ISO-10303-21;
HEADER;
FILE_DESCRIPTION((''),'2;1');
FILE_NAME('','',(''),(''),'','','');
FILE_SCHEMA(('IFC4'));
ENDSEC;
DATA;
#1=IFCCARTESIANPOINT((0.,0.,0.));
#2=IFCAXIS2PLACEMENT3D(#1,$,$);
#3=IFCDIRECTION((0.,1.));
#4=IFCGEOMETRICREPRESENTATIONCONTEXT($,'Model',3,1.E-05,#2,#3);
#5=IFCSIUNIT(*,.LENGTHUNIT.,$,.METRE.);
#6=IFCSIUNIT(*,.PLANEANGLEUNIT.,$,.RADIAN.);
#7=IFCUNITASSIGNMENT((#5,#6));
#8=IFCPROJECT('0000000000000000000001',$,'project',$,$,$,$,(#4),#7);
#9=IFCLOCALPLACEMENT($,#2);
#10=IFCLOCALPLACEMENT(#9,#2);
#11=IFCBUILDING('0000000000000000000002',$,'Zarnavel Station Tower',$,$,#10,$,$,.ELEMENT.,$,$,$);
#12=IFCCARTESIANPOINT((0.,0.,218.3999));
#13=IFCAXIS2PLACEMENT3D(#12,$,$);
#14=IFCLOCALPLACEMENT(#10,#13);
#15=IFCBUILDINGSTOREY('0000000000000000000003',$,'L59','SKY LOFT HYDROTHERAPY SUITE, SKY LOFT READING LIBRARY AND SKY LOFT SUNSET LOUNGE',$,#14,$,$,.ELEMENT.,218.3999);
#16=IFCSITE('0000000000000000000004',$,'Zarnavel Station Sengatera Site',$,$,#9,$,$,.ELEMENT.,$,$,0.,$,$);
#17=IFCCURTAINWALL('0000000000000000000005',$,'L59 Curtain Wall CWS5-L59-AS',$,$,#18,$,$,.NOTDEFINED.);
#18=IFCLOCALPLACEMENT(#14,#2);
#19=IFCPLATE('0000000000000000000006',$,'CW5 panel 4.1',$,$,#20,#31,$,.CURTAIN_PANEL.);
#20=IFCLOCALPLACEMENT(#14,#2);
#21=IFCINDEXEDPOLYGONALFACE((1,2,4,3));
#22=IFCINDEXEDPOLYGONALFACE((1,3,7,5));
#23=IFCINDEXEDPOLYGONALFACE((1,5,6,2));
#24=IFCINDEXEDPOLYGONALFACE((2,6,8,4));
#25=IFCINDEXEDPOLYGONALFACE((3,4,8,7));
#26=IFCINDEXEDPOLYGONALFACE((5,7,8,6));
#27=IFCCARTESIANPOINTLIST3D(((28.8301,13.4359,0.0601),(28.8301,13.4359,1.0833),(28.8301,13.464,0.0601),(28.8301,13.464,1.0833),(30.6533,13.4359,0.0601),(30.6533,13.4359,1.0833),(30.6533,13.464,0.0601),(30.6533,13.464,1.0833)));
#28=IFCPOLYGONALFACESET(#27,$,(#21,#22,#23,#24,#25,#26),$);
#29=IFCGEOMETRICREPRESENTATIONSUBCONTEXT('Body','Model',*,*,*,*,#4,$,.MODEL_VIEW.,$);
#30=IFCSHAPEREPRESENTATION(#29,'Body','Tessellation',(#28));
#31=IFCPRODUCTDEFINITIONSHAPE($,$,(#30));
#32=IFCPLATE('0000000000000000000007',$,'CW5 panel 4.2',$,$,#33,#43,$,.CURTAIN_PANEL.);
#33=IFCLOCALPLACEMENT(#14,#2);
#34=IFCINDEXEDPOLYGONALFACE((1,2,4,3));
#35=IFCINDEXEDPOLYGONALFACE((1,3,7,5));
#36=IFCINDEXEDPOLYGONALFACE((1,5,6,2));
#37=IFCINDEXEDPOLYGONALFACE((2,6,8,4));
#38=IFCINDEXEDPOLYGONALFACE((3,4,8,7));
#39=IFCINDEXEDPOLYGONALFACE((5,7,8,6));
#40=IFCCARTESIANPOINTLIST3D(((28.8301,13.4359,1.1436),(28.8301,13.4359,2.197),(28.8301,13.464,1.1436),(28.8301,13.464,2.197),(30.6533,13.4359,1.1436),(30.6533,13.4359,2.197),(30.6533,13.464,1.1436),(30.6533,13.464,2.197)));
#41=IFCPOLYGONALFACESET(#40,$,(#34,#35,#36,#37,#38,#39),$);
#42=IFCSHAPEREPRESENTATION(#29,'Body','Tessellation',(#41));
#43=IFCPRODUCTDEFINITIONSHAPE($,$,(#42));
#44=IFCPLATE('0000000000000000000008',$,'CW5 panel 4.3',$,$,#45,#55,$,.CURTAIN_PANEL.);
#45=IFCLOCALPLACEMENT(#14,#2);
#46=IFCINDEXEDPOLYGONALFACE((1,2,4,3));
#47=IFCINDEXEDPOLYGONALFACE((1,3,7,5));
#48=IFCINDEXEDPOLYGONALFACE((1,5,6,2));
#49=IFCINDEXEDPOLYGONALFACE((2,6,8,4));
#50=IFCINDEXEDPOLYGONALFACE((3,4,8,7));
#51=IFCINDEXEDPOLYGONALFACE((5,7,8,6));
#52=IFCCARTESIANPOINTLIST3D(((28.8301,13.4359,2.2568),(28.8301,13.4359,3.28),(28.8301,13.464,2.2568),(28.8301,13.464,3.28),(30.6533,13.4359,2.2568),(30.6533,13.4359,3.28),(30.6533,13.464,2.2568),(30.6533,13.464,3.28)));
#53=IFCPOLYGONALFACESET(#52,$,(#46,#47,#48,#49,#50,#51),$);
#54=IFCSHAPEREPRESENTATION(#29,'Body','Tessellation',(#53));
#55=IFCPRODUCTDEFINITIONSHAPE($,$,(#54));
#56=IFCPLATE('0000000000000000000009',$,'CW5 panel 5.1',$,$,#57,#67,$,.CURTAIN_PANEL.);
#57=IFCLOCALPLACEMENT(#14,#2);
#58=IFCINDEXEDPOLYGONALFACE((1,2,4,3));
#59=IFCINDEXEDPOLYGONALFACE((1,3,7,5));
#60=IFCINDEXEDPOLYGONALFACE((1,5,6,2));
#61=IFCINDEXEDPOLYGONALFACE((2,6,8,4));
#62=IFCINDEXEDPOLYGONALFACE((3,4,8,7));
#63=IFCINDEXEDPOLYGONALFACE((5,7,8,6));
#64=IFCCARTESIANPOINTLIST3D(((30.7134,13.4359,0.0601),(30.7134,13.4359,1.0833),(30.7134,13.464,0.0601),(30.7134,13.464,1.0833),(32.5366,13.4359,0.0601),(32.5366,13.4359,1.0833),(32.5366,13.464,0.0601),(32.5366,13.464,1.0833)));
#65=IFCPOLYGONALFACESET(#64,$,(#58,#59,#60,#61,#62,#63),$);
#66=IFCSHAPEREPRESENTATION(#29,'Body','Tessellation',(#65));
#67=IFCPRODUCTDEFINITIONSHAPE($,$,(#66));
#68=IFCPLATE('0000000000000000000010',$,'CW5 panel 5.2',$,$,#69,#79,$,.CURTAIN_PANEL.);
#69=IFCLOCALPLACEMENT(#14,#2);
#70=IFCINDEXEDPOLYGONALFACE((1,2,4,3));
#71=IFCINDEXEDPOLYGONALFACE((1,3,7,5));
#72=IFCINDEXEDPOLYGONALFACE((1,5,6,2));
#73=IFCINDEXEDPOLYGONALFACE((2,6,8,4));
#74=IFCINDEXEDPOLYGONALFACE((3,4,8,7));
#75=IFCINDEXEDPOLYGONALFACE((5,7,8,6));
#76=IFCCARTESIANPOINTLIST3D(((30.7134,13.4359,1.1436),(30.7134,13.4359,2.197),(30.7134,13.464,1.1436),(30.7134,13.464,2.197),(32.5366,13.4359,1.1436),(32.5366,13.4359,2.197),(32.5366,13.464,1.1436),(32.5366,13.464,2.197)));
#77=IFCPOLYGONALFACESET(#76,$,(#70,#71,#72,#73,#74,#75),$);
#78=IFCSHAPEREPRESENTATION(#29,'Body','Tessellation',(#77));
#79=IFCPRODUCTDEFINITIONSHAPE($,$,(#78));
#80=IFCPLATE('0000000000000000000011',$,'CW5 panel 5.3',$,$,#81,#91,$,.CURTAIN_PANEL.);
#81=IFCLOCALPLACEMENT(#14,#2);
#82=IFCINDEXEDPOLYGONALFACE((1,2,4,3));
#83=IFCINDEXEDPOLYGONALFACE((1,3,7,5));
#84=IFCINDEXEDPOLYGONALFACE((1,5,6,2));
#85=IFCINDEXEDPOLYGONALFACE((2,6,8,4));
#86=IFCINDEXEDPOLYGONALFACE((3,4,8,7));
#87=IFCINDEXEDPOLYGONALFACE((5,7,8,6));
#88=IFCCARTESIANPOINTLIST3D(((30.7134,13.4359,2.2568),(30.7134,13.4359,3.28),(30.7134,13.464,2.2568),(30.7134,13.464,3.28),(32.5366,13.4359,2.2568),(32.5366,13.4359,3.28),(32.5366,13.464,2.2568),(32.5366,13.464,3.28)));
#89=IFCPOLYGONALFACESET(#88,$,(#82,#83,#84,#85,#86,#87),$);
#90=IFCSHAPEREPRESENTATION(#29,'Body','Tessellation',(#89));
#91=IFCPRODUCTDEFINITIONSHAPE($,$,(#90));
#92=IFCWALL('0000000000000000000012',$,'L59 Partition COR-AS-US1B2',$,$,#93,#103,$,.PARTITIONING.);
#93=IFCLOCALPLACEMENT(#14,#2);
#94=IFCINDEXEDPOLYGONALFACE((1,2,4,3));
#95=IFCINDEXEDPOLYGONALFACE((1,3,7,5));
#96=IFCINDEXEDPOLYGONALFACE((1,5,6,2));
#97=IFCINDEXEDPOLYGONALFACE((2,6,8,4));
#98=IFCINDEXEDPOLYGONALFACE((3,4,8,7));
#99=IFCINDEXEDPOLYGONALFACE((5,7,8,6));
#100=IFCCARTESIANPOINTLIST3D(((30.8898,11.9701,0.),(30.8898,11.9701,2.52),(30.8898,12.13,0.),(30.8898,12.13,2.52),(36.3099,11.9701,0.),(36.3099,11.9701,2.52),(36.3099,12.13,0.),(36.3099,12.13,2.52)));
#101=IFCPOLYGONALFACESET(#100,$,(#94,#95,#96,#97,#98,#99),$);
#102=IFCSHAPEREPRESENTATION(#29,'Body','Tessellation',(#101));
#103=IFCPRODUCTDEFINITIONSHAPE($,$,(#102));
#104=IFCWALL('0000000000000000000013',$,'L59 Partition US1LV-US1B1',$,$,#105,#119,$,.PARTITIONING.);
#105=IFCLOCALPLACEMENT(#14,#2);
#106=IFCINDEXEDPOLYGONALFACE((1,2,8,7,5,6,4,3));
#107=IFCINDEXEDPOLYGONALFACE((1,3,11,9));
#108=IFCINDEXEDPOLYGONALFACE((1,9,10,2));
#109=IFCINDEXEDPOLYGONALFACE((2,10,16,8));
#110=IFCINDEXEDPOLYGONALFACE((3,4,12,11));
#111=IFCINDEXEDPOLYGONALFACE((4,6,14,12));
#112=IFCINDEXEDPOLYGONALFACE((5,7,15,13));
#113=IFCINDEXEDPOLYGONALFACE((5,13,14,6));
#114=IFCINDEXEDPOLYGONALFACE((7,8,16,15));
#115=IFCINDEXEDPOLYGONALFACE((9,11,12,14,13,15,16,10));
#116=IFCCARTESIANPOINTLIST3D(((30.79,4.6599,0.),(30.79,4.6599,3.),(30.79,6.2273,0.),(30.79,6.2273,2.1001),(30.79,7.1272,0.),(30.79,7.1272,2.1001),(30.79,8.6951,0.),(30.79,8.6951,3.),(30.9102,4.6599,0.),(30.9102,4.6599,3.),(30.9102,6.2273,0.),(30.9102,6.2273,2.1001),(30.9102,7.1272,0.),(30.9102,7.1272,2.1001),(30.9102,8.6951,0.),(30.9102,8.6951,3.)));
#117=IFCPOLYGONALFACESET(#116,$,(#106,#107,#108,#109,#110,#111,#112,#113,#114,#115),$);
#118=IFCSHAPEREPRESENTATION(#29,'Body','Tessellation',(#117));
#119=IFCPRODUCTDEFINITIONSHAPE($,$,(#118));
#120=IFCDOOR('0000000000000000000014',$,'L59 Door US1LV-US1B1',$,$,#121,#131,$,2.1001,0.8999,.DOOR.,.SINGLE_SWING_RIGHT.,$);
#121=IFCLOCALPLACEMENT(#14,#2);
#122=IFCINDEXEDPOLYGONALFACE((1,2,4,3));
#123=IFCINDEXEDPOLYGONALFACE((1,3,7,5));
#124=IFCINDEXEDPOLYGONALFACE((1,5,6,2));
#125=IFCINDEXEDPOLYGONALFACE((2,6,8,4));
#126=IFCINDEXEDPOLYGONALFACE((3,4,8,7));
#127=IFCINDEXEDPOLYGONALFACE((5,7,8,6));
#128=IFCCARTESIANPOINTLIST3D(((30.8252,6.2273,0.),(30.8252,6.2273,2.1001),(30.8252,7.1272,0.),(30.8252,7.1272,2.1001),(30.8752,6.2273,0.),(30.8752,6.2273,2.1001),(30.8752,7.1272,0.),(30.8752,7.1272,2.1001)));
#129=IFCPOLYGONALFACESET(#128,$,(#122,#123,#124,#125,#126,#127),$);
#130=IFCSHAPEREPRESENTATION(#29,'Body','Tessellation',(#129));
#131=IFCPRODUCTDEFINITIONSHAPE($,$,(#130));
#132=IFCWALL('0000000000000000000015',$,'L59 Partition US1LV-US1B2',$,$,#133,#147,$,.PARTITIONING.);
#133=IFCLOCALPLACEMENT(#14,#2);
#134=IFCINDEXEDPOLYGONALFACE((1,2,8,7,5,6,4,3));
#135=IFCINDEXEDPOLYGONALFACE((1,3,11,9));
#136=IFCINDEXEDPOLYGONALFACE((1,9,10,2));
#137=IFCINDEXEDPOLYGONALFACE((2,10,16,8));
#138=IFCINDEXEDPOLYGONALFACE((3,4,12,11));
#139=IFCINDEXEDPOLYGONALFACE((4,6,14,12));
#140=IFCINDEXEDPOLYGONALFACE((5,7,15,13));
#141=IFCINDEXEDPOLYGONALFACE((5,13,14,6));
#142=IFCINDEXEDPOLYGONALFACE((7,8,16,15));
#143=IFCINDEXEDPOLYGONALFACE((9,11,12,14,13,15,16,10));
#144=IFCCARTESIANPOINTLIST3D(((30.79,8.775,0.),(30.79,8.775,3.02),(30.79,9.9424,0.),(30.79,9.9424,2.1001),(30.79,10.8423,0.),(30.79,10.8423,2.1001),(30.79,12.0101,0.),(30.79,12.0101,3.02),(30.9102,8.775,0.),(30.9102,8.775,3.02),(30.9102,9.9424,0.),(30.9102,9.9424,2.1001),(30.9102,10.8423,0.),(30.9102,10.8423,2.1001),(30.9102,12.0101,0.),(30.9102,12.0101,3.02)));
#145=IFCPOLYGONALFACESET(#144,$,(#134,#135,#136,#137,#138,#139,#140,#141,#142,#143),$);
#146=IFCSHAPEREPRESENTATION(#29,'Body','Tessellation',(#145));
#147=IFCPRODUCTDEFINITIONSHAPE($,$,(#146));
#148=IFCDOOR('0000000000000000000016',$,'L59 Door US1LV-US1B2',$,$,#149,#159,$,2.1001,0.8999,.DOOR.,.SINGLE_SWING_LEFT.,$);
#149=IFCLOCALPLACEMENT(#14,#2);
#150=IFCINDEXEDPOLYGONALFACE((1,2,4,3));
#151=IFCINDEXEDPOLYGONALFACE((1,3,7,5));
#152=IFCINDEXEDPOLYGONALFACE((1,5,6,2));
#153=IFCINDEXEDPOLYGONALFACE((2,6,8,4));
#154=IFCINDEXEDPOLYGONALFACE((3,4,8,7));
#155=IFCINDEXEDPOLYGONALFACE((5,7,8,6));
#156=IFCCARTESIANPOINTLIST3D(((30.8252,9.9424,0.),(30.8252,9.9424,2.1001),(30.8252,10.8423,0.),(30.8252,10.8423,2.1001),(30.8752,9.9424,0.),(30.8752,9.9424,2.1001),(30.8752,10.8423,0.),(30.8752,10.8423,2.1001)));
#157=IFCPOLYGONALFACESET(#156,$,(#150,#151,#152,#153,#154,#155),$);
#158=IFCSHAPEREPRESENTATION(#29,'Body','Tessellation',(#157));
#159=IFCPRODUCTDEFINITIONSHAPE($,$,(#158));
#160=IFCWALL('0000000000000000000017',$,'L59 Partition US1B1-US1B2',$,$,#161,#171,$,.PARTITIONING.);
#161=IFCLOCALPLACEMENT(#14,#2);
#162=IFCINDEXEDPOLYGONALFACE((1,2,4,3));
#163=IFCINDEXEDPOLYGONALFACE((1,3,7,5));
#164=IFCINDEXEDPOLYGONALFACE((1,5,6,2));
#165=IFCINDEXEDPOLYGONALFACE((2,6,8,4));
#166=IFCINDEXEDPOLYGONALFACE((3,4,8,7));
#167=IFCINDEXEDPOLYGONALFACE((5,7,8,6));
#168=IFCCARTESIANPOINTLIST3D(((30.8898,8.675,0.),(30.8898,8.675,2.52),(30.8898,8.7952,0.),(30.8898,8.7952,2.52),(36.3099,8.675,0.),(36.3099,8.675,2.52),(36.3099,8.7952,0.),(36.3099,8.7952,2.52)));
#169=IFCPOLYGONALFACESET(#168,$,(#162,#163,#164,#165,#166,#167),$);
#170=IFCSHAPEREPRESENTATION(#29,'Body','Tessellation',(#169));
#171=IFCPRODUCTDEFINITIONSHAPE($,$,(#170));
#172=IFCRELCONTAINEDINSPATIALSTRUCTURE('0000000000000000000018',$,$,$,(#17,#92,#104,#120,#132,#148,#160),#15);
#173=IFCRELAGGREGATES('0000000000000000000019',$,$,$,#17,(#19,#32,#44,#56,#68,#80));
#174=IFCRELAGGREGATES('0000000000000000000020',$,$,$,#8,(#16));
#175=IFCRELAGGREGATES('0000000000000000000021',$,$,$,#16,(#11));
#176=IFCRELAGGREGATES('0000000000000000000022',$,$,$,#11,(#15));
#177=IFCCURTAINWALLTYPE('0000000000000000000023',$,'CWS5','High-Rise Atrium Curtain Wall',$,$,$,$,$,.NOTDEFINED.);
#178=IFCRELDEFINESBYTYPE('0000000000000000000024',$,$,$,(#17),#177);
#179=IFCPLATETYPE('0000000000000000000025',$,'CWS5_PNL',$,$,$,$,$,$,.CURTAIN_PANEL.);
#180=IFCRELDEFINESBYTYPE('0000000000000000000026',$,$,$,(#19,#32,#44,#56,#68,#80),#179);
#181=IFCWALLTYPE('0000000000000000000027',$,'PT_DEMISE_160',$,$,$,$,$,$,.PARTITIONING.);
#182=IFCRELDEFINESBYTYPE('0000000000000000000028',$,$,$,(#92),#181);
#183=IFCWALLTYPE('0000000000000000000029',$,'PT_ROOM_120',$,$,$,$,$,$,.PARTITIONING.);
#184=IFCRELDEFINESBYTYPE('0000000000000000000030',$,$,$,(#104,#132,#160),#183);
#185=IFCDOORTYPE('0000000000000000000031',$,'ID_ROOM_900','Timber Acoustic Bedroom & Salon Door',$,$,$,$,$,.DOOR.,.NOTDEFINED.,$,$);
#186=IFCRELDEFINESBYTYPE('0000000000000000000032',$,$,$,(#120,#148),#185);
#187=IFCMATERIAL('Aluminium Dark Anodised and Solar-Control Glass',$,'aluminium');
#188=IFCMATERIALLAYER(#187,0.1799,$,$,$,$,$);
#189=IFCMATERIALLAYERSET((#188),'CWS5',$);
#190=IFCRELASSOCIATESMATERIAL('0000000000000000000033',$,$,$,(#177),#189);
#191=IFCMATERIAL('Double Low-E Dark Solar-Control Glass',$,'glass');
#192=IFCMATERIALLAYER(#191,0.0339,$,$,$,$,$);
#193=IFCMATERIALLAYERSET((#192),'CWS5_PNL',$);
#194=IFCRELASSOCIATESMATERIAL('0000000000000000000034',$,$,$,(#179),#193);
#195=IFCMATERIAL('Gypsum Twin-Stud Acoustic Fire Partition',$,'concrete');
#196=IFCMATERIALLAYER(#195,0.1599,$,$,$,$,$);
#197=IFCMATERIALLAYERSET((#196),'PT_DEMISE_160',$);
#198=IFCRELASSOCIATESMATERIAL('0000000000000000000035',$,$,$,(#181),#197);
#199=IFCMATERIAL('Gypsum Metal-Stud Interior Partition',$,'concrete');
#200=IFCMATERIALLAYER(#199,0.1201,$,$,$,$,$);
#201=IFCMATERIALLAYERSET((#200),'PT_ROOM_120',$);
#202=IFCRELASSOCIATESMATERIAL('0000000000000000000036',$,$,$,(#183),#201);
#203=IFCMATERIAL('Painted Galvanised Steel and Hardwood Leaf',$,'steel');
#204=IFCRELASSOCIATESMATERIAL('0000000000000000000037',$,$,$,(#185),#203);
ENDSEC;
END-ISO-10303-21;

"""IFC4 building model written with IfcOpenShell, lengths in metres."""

from ifc_helpers import new_model, si_unit, direction, frame, frame_2d, origin, origin_2d, place, context, subcontext, project, spatial, rectangle, extrude, material, layer, layer_set, type_object, element, fill, aggregate, save


model = new_model("IFC4")

# Units and contexts
model_context = context("Model", 3, precision=1e-05, world=origin(), true_north=direction((0.0, 1.0)))
body_context = subcontext(model_context, "Body", "Model", "MODEL_VIEW")
ifc_project = project(units=[si_unit("LENGTHUNIT", "METRE"), si_unit("PLANEANGLEUNIT", "RADIAN")], contexts=[model_context])

# Site, building, storey
site_placement = place(None, origin())
site = spatial("IfcSite", under=ifc_project, at=site_placement, Name="Zarnavel Station Sengatera Site", CompositionType="ELEMENT", RefElevation=0.0)
building_placement = place(site_placement, origin())
building = spatial("IfcBuilding", under=site, at=building_placement, Name="Zarnavel Station Tower", CompositionType="ELEMENT")
storey_placement = place(building_placement, frame((0.0, 0.0, 218.3999)))
storey = spatial("IfcBuildingStorey", under=building, at=storey_placement, Name="L59", Description="SKY LOFT HYDROTHERAPY SUITE, SKY LOFT READING LIBRARY AND SKY LOFT SUNSET LOUNGE", CompositionType="ELEMENT", Elevation=218.3999)

# Curtain wall
ifc_material_1 = material(Name="Aluminium Dark Anodised and Solar-Control Glass", Category="aluminium")
ifc_layer_1 = layer(ifc_material_1, 0.1799)
ifc_layer_set_1 = layer_set([ifc_layer_1], Name="CWS5")
curtain_wall_type = type_object("IfcCurtainWallType", Name="CWS5", Description="High-Rise Atrium Curtain Wall", PredefinedType="NOTDEFINED", material=ifc_layer_set_1)
curtain_wall_placement = place(storey_placement, origin())
curtain_wall = element("IfcCurtainWall", 1, at=curtain_wall_placement, inside=storey, type_object=curtain_wall_type, Name="L59 Curtain Wall CWS5-L59-AS", PredefinedType="NOTDEFINED")

# Plates
ifc_material_2 = material(Name="Double Low-E Dark Solar-Control Glass", Category="glass")
ifc_layer_2 = layer(ifc_material_2, 0.0339)
ifc_layer_set_2 = layer_set([ifc_layer_2], Name="CWS5_PNL")
plate_type = type_object("IfcPlateType", Name="CWS5_PNL", PredefinedType="CURTAIN_PANEL", material=ifc_layer_set_2)
plate_1_placement = place(storey_placement, frame((29.7417, 13.45, 0.0601), z_axis=(0.0, 0.0, 1.0), x_axis=(1.0, 0.0, 0.0)))
plate_1 = element("IfcPlate", 2, at=plate_1_placement, type_object=plate_type, Name="CW5 panel 4.1", PredefinedType="CURTAIN_PANEL", context=body_context, shape_type="SweptSolid", body=[
    extrude(rectangle(XDim=1.8232, YDim=0.0281, at=origin_2d()), origin(), (0.0, 0.0, 1.0), 1.0232),
])
plate_2_placement = place(storey_placement, frame((29.7417, 13.45, 1.1436), z_axis=(0.0, 0.0, 1.0), x_axis=(1.0, 0.0, 0.0)))
plate_2 = element("IfcPlate", 3, at=plate_2_placement, type_object=plate_type, Name="CW5 panel 4.2", PredefinedType="CURTAIN_PANEL", context=body_context, shape_type="SweptSolid", body=[
    extrude(rectangle(XDim=1.8232, YDim=0.0281, at=origin_2d()), origin(), (0.0, 0.0, 1.0), 1.0535),
])
plate_3_placement = place(storey_placement, frame((29.7417, 13.45, 2.2568), z_axis=(0.0, 0.0, 1.0), x_axis=(1.0, 0.0, 0.0)))
plate_3 = element("IfcPlate", 4, at=plate_3_placement, type_object=plate_type, Name="CW5 panel 4.3", PredefinedType="CURTAIN_PANEL", context=body_context, shape_type="SweptSolid", body=[
    extrude(rectangle(XDim=1.8232, YDim=0.0281, at=origin_2d()), origin(), (0.0, 0.0, 1.0), 1.0232),
])
plate_4_placement = place(storey_placement, frame((31.625, 13.45, 0.0601), z_axis=(0.0, 0.0, 1.0), x_axis=(1.0, 0.0, 0.0)))
plate_4 = element("IfcPlate", 5, at=plate_4_placement, type_object=plate_type, Name="CW5 panel 5.1", PredefinedType="CURTAIN_PANEL", context=body_context, shape_type="SweptSolid", body=[
    extrude(rectangle(XDim=1.8232, YDim=0.0281, at=origin_2d()), origin(), (0.0, 0.0, 1.0), 1.0232),
])
plate_5_placement = place(storey_placement, frame((31.625, 13.45, 1.1436), z_axis=(0.0, 0.0, 1.0), x_axis=(1.0, 0.0, 0.0)))
plate_5 = element("IfcPlate", 6, at=plate_5_placement, type_object=plate_type, Name="CW5 panel 5.2", PredefinedType="CURTAIN_PANEL", context=body_context, shape_type="SweptSolid", body=[
    extrude(rectangle(XDim=1.8232, YDim=0.0281, at=origin_2d()), origin(), (0.0, 0.0, 1.0), 1.0535),
])
plate_6_placement = place(storey_placement, frame((31.625, 13.45, 2.2568), z_axis=(0.0, 0.0, 1.0), x_axis=(1.0, 0.0, 0.0)))
plate_6 = element("IfcPlate", 7, at=plate_6_placement, type_object=plate_type, Name="CW5 panel 5.3", PredefinedType="CURTAIN_PANEL", context=body_context, shape_type="SweptSolid", body=[
    extrude(rectangle(XDim=1.8232, YDim=0.0281, at=origin_2d()), origin(), (0.0, 0.0, 1.0), 1.0232),
])
aggregate(curtain_wall, [plate_1, plate_2, plate_3, plate_4, plate_5, plate_6])

# Wall
ifc_material_3 = material(Name="Gypsum Twin-Stud Acoustic Fire Partition", Category="concrete")
ifc_layer_3 = layer(ifc_material_3, 0.1599)
ifc_layer_set_3 = layer_set([ifc_layer_3], Name="PT_DEMISE_160")
wall_type_1 = type_object("IfcWallType", Name="PT_DEMISE_160", PredefinedType="PARTITIONING", material=ifc_layer_set_3)
wall_1_placement = place(storey_placement, frame((30.8899, 12.05, 0.0), z_axis=(0.0, 0.0, 1.0), x_axis=(1.0, 0.0, 0.0)))
element("IfcWall", 8, at=wall_1_placement, inside=storey, type_object=wall_type_1, Name="L59 Partition COR-AS-US1B2", PredefinedType="PARTITIONING", context=body_context, shape_type="SweptSolid", body=[
    extrude(rectangle(XDim=5.4202, YDim=0.1599, at=frame_2d((2.71, 0.0))), origin(), (0.0, 0.0, 1.0), 2.52),
])

# Walls, openings, doors
ifc_material_4 = material(Name="Gypsum Metal-Stud Interior Partition", Category="concrete")
ifc_layer_4 = layer(ifc_material_4, 0.1201)
ifc_layer_set_4 = layer_set([ifc_layer_4], Name="PT_ROOM_120")
wall_type_2 = type_object("IfcWallType", Name="PT_ROOM_120", PredefinedType="PARTITIONING", material=ifc_layer_set_4)
wall_2_placement = place(storey_placement, frame((30.8501, 4.6599, 0.0), z_axis=(0.0, 0.0, 1.0), x_axis=(0.0, 1.0, 0.0)))
wall_2 = element("IfcWall", 9, at=wall_2_placement, inside=storey, type_object=wall_type_2, Name="L59 Partition US1LV-US1B1", PredefinedType="PARTITIONING", context=body_context, shape_type="SweptSolid", body=[
    extrude(rectangle(XDim=4.0352, YDim=0.1201, at=frame_2d((2.0176, 0.0))), origin(), (0.0, 0.0, 1.0), 3.0),
])
opening_1_placement = place(wall_2_placement, frame((1.5674, 0.0, 0.0)))
opening_1 = element("IfcOpeningElement", 10, at=opening_1_placement, cuts=wall_2, PredefinedType="OPENING", context=body_context, shape_type="SweptSolid", body=[
    extrude(rectangle(XDim=0.8999, YDim=2.1001, at=frame_2d((0.45, 1.05))), frame((0.0, 0.0701, 0.0), z_axis=(0.0, -1.0, 0.0), x_axis=(1.0, 0.0, 0.0)), (0.0, 0.0, 1.0), 0.1401),
])
ifc_material_5 = material(Name="Painted Galvanised Steel and Hardwood Leaf", Category="steel")
door_type = type_object("IfcDoorType", Name="ID_ROOM_900", Description="Timber Acoustic Bedroom & Salon Door", OperationType="NOTDEFINED", PredefinedType="DOOR", material=ifc_material_5)
door_1_placement = place(opening_1_placement, origin())
door_1 = element("IfcDoor", 11, at=door_1_placement, inside=storey, type_object=door_type, Name="L59 Door US1LV-US1B1", OperationType="SINGLE_SWING_RIGHT", OverallHeight=2.1001, OverallWidth=0.8999, PredefinedType="DOOR", context=body_context, shape_type="SweptSolid", body=[
    extrude(rectangle(XDim=0.8999, YDim=2.1001, at=frame_2d((0.45, 1.05))), frame((0.0, 0.0249, 0.0), z_axis=(0.0, -1.0, 0.0), x_axis=(1.0, 0.0, 0.0)), (0.0, 0.0, 1.0), 0.05),
])
fill(opening_1, door_1)
wall_3_placement = place(storey_placement, frame((30.8501, 8.7749, 0.0), z_axis=(0.0, 0.0, 1.0), x_axis=(0.0, 1.0, 0.0)))
wall_3 = element("IfcWall", 12, at=wall_3_placement, inside=storey, type_object=wall_type_2, Name="L59 Partition US1LV-US1B2", PredefinedType="PARTITIONING", context=body_context, shape_type="SweptSolid", body=[
    extrude(rectangle(XDim=3.2351, YDim=0.1201, at=frame_2d((1.6177, 0.0))), origin(), (0.0, 0.0, 1.0), 3.02),
])
opening_2_placement = place(wall_3_placement, frame((1.1675, 0.0, 0.0)))
opening_2 = element("IfcOpeningElement", 13, at=opening_2_placement, cuts=wall_3, PredefinedType="OPENING", context=body_context, shape_type="SweptSolid", body=[
    extrude(rectangle(XDim=0.8999, YDim=2.1001, at=frame_2d((0.45, 1.05))), frame((0.0, 0.0701, 0.0), z_axis=(0.0, -1.0, 0.0), x_axis=(1.0, 0.0, 0.0)), (0.0, 0.0, 1.0), 0.1401),
])
door_2_placement = place(opening_2_placement, origin())
door_2 = element("IfcDoor", 14, at=door_2_placement, inside=storey, type_object=door_type, Name="L59 Door US1LV-US1B2", OperationType="SINGLE_SWING_LEFT", OverallHeight=2.1001, OverallWidth=0.8999, PredefinedType="DOOR", context=body_context, shape_type="SweptSolid", body=[
    extrude(rectangle(XDim=0.8999, YDim=2.1001, at=frame_2d((0.45, 1.05))), frame((0.0, 0.0249, 0.0), z_axis=(0.0, -1.0, 0.0), x_axis=(1.0, 0.0, 0.0)), (0.0, 0.0, 1.0), 0.05),
])
fill(opening_2, door_2)

# Wall
wall_4_placement = place(storey_placement, frame((30.8899, 8.7351, 0.0), z_axis=(0.0, 0.0, 1.0), x_axis=(1.0, 0.0, 0.0)))
element("IfcWall", 15, at=wall_4_placement, inside=storey, type_object=wall_type_2, Name="L59 Partition US1B1-US1B2", PredefinedType="PARTITIONING", context=body_context, shape_type="SweptSolid", body=[
    extrude(rectangle(XDim=5.4202, YDim=0.1201, at=frame_2d((2.71, 0.0))), origin(), (0.0, 0.0, 1.0), 2.52),
])

save(model, "model.ifc")
